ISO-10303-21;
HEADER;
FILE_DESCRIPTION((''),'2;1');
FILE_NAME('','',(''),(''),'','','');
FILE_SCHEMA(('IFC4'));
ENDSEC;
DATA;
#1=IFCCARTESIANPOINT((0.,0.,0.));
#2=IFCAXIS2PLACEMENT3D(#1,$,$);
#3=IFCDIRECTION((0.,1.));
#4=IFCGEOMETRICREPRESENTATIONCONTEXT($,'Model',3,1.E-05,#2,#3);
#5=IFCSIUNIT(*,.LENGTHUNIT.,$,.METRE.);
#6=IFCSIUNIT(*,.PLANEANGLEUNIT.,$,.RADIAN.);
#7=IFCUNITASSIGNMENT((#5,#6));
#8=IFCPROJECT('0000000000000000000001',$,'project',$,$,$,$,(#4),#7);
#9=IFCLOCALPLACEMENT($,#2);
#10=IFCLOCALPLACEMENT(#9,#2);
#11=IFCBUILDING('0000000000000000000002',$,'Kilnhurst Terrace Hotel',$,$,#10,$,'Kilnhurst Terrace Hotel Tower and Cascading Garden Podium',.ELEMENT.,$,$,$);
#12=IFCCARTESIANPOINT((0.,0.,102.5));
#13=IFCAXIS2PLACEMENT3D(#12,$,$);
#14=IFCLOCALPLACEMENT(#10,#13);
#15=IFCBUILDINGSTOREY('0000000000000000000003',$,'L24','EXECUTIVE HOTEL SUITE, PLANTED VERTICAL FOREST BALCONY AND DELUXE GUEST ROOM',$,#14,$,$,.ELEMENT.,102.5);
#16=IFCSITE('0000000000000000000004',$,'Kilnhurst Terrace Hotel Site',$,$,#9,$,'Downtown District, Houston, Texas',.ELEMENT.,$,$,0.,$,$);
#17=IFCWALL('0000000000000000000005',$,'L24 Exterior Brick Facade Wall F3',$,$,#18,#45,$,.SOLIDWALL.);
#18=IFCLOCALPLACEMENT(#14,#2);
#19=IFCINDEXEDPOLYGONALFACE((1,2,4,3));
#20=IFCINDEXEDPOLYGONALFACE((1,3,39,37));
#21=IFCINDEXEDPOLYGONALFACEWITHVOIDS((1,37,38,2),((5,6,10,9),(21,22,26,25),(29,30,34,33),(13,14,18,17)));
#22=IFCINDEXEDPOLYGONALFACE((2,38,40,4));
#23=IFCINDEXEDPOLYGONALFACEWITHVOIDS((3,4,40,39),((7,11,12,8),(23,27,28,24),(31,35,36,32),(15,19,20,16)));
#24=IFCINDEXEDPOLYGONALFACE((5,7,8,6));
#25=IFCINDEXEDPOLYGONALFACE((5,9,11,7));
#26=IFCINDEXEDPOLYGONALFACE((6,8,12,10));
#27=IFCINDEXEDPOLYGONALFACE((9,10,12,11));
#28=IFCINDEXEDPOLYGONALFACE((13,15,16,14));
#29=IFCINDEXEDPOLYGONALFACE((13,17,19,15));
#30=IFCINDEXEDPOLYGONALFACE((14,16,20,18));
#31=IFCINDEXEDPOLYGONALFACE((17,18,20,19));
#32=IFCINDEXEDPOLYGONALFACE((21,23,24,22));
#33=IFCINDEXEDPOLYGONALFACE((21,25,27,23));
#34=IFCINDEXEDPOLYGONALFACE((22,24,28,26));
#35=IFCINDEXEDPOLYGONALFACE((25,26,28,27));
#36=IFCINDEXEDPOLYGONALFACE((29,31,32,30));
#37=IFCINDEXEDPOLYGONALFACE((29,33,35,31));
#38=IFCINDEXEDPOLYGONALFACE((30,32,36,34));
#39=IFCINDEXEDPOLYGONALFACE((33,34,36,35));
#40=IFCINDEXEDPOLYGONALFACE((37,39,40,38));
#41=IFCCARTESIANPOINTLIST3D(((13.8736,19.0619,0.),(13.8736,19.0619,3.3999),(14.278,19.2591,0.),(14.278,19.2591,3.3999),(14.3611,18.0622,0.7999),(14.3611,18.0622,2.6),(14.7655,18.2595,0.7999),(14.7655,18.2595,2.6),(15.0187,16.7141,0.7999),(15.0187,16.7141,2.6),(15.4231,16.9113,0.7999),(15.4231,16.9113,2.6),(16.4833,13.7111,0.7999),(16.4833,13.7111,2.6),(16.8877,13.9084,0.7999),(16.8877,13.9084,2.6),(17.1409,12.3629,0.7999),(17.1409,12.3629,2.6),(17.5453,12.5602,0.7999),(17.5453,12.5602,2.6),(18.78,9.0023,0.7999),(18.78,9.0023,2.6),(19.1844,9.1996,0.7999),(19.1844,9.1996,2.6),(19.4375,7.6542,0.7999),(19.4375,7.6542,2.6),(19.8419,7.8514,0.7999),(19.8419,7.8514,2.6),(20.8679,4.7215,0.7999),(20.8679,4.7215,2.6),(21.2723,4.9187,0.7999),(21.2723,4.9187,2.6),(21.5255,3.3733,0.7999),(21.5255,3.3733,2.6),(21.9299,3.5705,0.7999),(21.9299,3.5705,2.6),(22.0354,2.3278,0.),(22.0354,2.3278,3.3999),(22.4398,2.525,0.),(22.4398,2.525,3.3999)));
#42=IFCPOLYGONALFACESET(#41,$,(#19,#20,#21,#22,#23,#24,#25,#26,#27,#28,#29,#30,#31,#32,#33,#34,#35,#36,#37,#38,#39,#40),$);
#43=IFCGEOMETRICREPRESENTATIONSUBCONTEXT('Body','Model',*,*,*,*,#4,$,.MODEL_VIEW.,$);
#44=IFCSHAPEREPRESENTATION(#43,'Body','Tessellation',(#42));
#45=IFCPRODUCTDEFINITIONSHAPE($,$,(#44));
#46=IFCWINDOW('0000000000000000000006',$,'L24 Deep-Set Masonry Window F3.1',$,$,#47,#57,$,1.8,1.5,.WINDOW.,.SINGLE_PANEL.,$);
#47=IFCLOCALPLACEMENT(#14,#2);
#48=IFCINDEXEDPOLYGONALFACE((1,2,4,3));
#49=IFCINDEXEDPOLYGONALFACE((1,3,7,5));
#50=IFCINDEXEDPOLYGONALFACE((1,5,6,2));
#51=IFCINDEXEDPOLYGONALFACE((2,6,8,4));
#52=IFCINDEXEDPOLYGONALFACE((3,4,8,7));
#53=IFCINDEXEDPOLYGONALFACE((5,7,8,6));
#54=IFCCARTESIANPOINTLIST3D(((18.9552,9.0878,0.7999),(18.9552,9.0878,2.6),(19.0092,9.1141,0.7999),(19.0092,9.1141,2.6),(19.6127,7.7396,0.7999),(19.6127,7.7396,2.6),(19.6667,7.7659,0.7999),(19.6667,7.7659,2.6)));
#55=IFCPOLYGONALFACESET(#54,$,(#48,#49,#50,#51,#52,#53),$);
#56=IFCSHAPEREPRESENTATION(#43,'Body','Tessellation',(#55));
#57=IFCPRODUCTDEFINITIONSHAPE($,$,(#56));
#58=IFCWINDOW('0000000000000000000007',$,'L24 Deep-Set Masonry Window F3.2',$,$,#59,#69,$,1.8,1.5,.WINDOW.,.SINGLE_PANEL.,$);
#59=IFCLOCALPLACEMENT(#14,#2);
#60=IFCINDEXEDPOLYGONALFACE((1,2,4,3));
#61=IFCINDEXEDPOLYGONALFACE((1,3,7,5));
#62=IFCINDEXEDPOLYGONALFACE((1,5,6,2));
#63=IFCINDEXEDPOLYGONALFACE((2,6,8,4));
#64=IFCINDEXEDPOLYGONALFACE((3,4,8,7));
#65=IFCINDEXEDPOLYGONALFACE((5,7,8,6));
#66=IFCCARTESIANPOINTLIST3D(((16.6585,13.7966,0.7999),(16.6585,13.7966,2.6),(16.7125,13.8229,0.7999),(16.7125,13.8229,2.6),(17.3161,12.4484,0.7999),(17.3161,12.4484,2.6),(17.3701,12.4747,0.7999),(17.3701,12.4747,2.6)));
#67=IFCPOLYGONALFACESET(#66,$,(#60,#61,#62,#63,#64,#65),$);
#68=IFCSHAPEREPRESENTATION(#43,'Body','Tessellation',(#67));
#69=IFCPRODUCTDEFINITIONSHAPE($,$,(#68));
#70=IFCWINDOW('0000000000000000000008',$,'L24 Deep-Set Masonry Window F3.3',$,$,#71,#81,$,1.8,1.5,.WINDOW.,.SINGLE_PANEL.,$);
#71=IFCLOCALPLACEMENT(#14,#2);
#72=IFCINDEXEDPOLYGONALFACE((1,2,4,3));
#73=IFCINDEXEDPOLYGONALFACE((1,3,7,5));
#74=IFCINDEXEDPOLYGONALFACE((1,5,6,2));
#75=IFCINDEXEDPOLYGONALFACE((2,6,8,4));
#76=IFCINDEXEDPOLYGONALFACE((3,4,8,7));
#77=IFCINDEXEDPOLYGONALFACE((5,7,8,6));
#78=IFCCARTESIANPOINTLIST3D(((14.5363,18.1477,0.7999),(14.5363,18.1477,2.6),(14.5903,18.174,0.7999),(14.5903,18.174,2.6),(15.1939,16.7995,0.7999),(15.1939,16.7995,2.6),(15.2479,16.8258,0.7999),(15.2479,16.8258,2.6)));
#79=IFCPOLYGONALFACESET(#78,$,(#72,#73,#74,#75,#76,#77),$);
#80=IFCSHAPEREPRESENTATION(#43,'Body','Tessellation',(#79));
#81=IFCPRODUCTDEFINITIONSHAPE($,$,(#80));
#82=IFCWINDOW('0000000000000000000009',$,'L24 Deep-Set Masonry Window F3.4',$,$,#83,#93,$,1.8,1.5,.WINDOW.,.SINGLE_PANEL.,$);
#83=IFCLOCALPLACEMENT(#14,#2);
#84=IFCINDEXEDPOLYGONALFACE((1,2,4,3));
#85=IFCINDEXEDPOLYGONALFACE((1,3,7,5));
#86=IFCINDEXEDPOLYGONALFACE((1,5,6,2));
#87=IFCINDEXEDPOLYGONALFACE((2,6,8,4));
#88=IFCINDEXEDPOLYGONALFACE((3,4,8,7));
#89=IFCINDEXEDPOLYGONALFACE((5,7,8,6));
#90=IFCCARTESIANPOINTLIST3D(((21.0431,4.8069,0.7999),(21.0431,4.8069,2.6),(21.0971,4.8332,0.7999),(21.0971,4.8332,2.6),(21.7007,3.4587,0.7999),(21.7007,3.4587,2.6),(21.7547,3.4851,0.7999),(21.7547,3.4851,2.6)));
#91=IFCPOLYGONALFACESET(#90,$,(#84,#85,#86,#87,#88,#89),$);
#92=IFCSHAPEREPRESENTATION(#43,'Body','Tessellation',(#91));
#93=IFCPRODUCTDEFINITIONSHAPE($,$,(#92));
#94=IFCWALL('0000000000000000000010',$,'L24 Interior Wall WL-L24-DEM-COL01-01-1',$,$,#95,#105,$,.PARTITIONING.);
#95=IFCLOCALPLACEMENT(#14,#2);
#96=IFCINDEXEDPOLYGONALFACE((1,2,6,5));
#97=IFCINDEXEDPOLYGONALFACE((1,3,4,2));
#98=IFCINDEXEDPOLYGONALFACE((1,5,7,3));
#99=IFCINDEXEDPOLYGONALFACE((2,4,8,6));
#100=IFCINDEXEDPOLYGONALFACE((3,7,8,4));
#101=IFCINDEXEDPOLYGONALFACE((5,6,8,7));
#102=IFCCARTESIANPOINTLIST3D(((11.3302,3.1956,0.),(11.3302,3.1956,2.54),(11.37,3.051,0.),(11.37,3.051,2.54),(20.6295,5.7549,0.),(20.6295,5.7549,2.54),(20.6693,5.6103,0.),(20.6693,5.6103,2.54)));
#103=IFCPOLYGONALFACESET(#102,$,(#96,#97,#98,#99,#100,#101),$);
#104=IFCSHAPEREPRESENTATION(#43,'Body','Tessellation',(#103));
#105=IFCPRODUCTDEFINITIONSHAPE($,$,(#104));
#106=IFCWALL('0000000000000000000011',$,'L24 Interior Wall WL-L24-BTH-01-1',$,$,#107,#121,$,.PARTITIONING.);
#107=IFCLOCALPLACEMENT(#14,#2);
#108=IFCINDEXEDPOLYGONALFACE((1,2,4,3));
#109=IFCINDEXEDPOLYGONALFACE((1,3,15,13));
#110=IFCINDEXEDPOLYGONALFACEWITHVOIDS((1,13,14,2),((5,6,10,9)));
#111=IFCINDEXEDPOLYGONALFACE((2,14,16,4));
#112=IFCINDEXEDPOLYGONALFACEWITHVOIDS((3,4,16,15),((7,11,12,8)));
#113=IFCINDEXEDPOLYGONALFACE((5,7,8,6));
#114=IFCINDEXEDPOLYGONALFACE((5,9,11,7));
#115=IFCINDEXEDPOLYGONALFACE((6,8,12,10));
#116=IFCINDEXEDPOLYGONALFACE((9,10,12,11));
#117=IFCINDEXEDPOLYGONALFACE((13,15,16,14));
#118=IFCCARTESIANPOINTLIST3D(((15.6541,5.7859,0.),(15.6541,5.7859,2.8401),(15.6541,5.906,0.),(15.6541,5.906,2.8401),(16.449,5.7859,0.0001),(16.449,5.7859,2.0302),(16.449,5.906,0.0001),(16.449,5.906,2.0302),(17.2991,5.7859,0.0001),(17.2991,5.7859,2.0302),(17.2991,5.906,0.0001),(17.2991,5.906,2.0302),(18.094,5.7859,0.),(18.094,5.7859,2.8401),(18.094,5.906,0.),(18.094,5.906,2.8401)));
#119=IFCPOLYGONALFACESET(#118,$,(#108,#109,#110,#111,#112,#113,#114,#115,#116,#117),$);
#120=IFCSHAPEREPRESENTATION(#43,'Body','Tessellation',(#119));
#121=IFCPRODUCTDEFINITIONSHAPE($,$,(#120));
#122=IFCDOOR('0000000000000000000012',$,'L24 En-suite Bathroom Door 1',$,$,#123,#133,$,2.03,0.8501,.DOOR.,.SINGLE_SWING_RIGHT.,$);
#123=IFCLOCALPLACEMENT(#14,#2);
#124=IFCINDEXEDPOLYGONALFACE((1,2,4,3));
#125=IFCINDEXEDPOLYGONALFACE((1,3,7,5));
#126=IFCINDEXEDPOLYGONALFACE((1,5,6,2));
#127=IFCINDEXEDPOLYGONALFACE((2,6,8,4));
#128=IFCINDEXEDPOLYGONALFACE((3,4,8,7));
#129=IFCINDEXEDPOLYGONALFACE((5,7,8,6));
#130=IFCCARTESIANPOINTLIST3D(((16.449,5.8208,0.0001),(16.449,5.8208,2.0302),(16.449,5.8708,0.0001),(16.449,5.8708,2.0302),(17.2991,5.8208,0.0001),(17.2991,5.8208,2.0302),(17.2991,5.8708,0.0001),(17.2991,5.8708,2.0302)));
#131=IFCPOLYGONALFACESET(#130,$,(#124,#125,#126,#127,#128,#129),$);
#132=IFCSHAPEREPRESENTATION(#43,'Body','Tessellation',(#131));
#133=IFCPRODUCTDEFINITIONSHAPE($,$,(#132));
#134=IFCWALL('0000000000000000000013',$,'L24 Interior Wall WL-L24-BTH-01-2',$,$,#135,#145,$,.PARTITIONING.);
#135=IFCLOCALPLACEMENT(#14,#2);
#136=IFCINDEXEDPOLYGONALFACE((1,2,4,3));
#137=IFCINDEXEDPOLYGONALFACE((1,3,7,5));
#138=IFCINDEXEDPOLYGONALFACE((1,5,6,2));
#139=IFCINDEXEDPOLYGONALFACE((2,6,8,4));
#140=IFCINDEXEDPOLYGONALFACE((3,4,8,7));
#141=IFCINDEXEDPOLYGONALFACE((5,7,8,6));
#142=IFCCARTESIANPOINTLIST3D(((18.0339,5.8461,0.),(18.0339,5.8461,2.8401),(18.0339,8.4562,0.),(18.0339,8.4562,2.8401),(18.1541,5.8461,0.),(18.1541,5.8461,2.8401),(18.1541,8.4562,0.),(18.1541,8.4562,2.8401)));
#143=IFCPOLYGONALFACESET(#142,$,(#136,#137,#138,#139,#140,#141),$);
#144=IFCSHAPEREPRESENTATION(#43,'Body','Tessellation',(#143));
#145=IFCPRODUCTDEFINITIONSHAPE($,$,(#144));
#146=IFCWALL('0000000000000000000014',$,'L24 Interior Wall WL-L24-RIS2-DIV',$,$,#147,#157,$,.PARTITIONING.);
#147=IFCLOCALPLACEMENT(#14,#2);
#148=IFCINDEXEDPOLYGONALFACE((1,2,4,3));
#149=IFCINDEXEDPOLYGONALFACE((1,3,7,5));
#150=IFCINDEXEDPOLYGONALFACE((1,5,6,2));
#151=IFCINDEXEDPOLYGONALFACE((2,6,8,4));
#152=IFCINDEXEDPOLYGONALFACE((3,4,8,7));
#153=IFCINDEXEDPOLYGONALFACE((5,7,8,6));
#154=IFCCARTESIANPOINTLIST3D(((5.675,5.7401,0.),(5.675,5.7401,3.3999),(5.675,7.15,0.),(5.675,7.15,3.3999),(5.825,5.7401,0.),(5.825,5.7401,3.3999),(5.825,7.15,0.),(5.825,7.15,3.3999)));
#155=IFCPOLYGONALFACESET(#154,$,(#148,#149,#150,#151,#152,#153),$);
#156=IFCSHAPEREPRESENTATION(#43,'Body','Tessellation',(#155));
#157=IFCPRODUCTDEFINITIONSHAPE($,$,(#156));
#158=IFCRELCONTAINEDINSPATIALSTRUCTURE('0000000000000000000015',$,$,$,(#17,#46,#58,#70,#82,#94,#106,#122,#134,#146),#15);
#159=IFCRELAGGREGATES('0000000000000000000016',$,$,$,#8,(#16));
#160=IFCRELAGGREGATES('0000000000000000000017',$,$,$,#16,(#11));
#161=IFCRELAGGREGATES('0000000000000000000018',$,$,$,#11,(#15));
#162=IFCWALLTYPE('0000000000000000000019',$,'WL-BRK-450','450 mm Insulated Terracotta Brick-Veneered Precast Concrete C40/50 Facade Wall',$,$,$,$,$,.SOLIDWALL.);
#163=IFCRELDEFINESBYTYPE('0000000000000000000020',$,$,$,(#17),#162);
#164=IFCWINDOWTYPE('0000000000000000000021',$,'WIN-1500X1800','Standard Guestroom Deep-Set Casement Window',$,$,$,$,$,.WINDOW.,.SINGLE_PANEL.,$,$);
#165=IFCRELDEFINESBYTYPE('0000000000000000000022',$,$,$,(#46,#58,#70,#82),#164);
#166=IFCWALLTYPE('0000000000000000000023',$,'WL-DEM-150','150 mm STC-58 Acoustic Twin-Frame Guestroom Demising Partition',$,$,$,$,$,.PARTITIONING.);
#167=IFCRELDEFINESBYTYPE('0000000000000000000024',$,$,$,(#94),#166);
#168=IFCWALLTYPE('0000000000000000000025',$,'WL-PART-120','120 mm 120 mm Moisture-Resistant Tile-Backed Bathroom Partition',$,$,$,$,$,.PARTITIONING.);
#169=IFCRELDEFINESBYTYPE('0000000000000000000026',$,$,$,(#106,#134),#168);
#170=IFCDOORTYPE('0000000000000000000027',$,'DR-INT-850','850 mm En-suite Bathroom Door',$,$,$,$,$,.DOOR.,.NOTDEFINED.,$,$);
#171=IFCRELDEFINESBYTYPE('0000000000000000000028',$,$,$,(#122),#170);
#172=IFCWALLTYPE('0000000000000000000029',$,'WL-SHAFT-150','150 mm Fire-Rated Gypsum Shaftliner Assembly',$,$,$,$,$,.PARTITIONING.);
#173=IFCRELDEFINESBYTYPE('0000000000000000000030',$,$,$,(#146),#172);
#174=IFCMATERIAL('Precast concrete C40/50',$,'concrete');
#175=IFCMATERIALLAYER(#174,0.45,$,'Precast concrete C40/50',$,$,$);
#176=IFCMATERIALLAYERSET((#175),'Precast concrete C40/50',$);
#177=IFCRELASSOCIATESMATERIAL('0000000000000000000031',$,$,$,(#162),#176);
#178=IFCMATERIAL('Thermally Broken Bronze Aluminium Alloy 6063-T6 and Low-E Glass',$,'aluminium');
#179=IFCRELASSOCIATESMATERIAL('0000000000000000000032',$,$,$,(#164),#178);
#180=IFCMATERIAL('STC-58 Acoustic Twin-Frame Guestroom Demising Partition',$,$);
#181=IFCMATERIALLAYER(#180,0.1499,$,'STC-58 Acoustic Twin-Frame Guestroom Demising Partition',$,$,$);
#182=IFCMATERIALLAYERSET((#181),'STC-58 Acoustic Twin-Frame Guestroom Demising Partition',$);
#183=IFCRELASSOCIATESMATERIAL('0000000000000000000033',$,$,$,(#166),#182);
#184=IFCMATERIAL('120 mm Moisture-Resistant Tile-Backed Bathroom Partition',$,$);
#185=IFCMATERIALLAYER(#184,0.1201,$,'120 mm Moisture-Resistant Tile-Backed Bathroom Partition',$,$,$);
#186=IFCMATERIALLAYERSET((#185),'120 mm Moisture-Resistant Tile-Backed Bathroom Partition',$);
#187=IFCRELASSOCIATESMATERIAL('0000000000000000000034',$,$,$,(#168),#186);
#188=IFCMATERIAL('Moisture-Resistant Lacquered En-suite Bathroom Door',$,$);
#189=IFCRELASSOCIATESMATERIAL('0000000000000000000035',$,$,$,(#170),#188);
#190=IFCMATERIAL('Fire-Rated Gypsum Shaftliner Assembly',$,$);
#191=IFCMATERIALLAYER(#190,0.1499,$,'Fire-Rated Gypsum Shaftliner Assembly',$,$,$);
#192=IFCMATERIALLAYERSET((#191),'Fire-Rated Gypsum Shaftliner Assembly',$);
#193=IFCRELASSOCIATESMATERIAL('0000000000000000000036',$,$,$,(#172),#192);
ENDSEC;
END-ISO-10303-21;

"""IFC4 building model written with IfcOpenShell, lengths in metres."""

from ifc_helpers import new_model, si_unit, direction, frame, frame_2d, origin, place, context, subcontext, project, spatial, rectangle, extrude, material, layer, layer_set, type_object, element, fill, save


model = new_model("IFC4")

# Units and contexts
model_context = context("Model", 3, precision=1e-05, world=origin(), true_north=direction((0.0, 1.0)))
body_context = subcontext(model_context, "Body", "Model", "MODEL_VIEW")
ifc_project = project(units=[si_unit("LENGTHUNIT", "METRE"), si_unit("PLANEANGLEUNIT", "RADIAN")], contexts=[model_context])

# Site, building, storey
site_placement = place(None, origin())
site = spatial("IfcSite", under=ifc_project, at=site_placement, Name="Kilnhurst Terrace Hotel Site", LongName="Downtown District, Houston, Texas", CompositionType="ELEMENT", RefElevation=0.0)
building_placement = place(site_placement, origin())
building = spatial("IfcBuilding", under=site, at=building_placement, Name="Kilnhurst Terrace Hotel", LongName="Kilnhurst Terrace Hotel Tower and Cascading Garden Podium", CompositionType="ELEMENT")
storey_placement = place(building_placement, frame((0.0, 0.0, 102.5)))
storey = spatial("IfcBuildingStorey", under=building, at=storey_placement, Name="L24", Description="EXECUTIVE HOTEL SUITE, PLANTED VERTICAL FOREST BALCONY AND DELUXE GUEST ROOM", CompositionType="ELEMENT", Elevation=102.5)

# Shared definitions
ifc_material_1 = material(Name="Precast concrete C40/50", Category="concrete")
ifc_layer_1 = layer(ifc_material_1, 0.45, Name="Precast concrete C40/50")
ifc_layer_set_1 = layer_set([ifc_layer_1], Name="Precast concrete C40/50")
wall_type_1 = type_object("IfcWallType", Name="WL-BRK-450", Description="450 mm Insulated Terracotta Brick-Veneered Precast Concrete C40/50 Facade Wall", PredefinedType="SOLIDWALL", material=ifc_layer_set_1)

# Wall, openings, windows
wall_1_placement = place(storey_placement, frame((22.2375, 2.4265, 0.0), z_axis=(0.0, 0.0, 1.0), x_axis=(-0.438375, 0.898792, 0.0)))
wall_1 = element("IfcWall", 1, at=wall_1_placement, inside=storey, type_object=wall_type_1, Name="L24 Exterior Brick Facade Wall F3", PredefinedType="SOLIDWALL", context=body_context, shape_type="SweptSolid", body=[
    extrude(rectangle(XDim=18.6184, YDim=0.45, at=frame_2d((9.3091, 0.0))), origin(), (0.0, 0.0, 1.0), 3.3999),
])
opening_1_placement = place(wall_1_placement, frame((5.926, 0.0, 0.8)))
opening_1 = element("IfcOpeningElement", 2, at=opening_1_placement, cuts=wall_1, PredefinedType="OPENING", context=body_context, shape_type="SweptSolid", body=[
    extrude(rectangle(XDim=1.5, YDim=1.8, at=frame_2d((0.75, 0.8999))), frame((0.0, 0.2349, 0.0), z_axis=(0.0, -1.0, 0.0), x_axis=(1.0, 0.0, 0.0)), (0.0, 0.0, 1.0), 0.47),
])
opening_2_placement = place(wall_1_placement, frame((11.165, 0.0, 0.8)))
opening_2 = element("IfcOpeningElement", 3, at=opening_2_placement, cuts=wall_1, PredefinedType="OPENING", context=body_context, shape_type="SweptSolid", body=[
    extrude(rectangle(XDim=1.5, YDim=1.8, at=frame_2d((0.75, 0.8999))), frame((0.0, 0.2349, 0.0), z_axis=(0.0, -1.0, 0.0), x_axis=(1.0, 0.0, 0.0)), (0.0, 0.0, 1.0), 0.47),
])
opening_3_placement = place(wall_1_placement, frame((16.0061, 0.0, 0.8)))
opening_3 = element("IfcOpeningElement", 4, at=opening_3_placement, cuts=wall_1, PredefinedType="OPENING", context=body_context, shape_type="SweptSolid", body=[
    extrude(rectangle(XDim=1.5, YDim=1.8, at=frame_2d((0.75, 0.8999))), frame((0.0, 0.2349, 0.0), z_axis=(0.0, -1.0, 0.0), x_axis=(1.0, 0.0, 0.0)), (0.0, 0.0, 1.0), 0.47),
])
opening_4_placement = place(wall_1_placement, frame((1.1631, 0.0, 0.8)))
opening_4 = element("IfcOpeningElement", 5, at=opening_4_placement, cuts=wall_1, PredefinedType="OPENING", context=body_context, shape_type="SweptSolid", body=[
    extrude(rectangle(XDim=1.5, YDim=1.8, at=frame_2d((0.75, 0.8999))), frame((0.0, 0.2349, 0.0), z_axis=(0.0, -1.0, 0.0), x_axis=(1.0, 0.0, 0.0)), (0.0, 0.0, 1.0), 0.47),
])
ifc_material_2 = material(Name="Thermally Broken Bronze Aluminium Alloy 6063-T6 and Low-E Glass", Category="aluminium")
window_type = type_object("IfcWindowType", Name="WIN-1500X1800", Description="Standard Guestroom Deep-Set Casement Window", PartitioningType="SINGLE_PANEL", PredefinedType="WINDOW", material=ifc_material_2)
window_1_placement = place(opening_1_placement, origin())
window_1 = element("IfcWindow", 6, at=window_1_placement, inside=storey, type_object=window_type, Name="L24 Deep-Set Masonry Window F3.1", OverallHeight=1.8, OverallWidth=1.5, PartitioningType="SINGLE_PANEL", PredefinedType="WINDOW", context=body_context, shape_type="SweptSolid", body=[
    extrude(rectangle(XDim=1.5, YDim=1.8, at=frame_2d((0.75, 0.8999))), frame((0.0, 0.03, 0.0), z_axis=(0.0, -1.0, 0.0), x_axis=(1.0, 0.0, 0.0)), (0.0, 0.0, 1.0), 0.0601),
])
fill(opening_1, window_1)
window_2_placement = place(opening_2_placement, origin())
window_2 = element("IfcWindow", 7, at=window_2_placement, inside=storey, type_object=window_type, Name="L24 Deep-Set Masonry Window F3.2", OverallHeight=1.8, OverallWidth=1.5, PartitioningType="SINGLE_PANEL", PredefinedType="WINDOW", context=body_context, shape_type="SweptSolid", body=[
    extrude(rectangle(XDim=1.5, YDim=1.8, at=frame_2d((0.75, 0.8999))), frame((0.0, 0.03, 0.0), z_axis=(0.0, -1.0, 0.0), x_axis=(1.0, 0.0, 0.0)), (0.0, 0.0, 1.0), 0.0601),
])
fill(opening_2, window_2)
window_3_placement = place(opening_3_placement, origin())
window_3 = element("IfcWindow", 8, at=window_3_placement, inside=storey, type_object=window_type, Name="L24 Deep-Set Masonry Window F3.3", OverallHeight=1.8, OverallWidth=1.5, PartitioningType="SINGLE_PANEL", PredefinedType="WINDOW", context=body_context, shape_type="SweptSolid", body=[
    extrude(rectangle(XDim=1.5, YDim=1.8, at=frame_2d((0.75, 0.8999))), frame((0.0, 0.03, 0.0), z_axis=(0.0, -1.0, 0.0), x_axis=(1.0, 0.0, 0.0)), (0.0, 0.0, 1.0), 0.0601),
])
fill(opening_3, window_3)
window_4_placement = place(opening_4_placement, origin())
window_4 = element("IfcWindow", 9, at=window_4_placement, inside=storey, type_object=window_type, Name="L24 Deep-Set Masonry Window F3.4", OverallHeight=1.8, OverallWidth=1.5, PartitioningType="SINGLE_PANEL", PredefinedType="WINDOW", context=body_context, shape_type="SweptSolid", body=[
    extrude(rectangle(XDim=1.5, YDim=1.8, at=frame_2d((0.75, 0.8999))), frame((0.0, 0.03, 0.0), z_axis=(0.0, -1.0, 0.0), x_axis=(1.0, 0.0, 0.0)), (0.0, 0.0, 1.0), 0.0601),
])
fill(opening_4, window_4)

# Wall
ifc_material_3 = material(Name="STC-58 Acoustic Twin-Frame Guestroom Demising Partition")
ifc_layer_2 = layer(ifc_material_3, 0.1499, Name="STC-58 Acoustic Twin-Frame Guestroom Demising Partition")
ifc_layer_set_2 = layer_set([ifc_layer_2], Name="STC-58 Acoustic Twin-Frame Guestroom Demising Partition")
wall_type_2 = type_object("IfcWallType", Name="WL-DEM-150", Description="150 mm STC-58 Acoustic Twin-Frame Guestroom Demising Partition", PredefinedType="PARTITIONING", material=ifc_layer_set_2)
wall_2_placement = place(storey_placement, frame((11.3501, 3.1233, 0.0), z_axis=(0.0, 0.0, 1.0), x_axis=(0.964152, 0.265351, 0.0)))
element("IfcWall", 10, at=wall_2_placement, inside=storey, type_object=wall_type_2, Name="L24 Interior Wall WL-L24-DEM-COL01-01-1", PredefinedType="PARTITIONING", context=body_context, shape_type="SweptSolid", body=[
    extrude(rectangle(XDim=9.645, YDim=0.1499, at=frame_2d((4.8225, 0.0))), origin(), (0.0, 0.0, 1.0), 2.54),
])

# Wall, opening, door
ifc_material_4 = material(Name="120 mm Moisture-Resistant Tile-Backed Bathroom Partition")
ifc_layer_3 = layer(ifc_material_4, 0.1201, Name="120 mm Moisture-Resistant Tile-Backed Bathroom Partition")
ifc_layer_set_3 = layer_set([ifc_layer_3], Name="120 mm Moisture-Resistant Tile-Backed Bathroom Partition")
wall_type_3 = type_object("IfcWallType", Name="WL-PART-120", Description="120 mm 120 mm Moisture-Resistant Tile-Backed Bathroom Partition", PredefinedType="PARTITIONING", material=ifc_layer_set_3)
wall_3_placement = place(storey_placement, frame((15.6541, 5.8459, 0.0), z_axis=(0.0, 0.0, 1.0), x_axis=(1.0, 0.0, 0.0)))
wall_3 = element("IfcWall", 11, at=wall_3_placement, inside=storey, type_object=wall_type_3, Name="L24 Interior Wall WL-L24-BTH-01-1", PredefinedType="PARTITIONING", context=body_context, shape_type="SweptSolid", body=[
    extrude(rectangle(XDim=2.4399, YDim=0.1201, at=frame_2d((1.22, 0.0))), origin(), (0.0, 0.0, 1.0), 2.8401),
])
opening_5_placement = place(wall_3_placement, frame((0.7949, 0.0, 0.0)))
opening_5 = element("IfcOpeningElement", 12, at=opening_5_placement, cuts=wall_3, PredefinedType="OPENING", context=body_context, shape_type="SweptSolid", body=[
    extrude(rectangle(XDim=0.8501, YDim=2.03, at=frame_2d((0.425, 1.0151))), frame((0.0, 0.0701, 0.0), z_axis=(0.0, -1.0, 0.0), x_axis=(1.0, 0.0, 0.0)), (0.0, 0.0, 1.0), 0.1401),
])
ifc_material_5 = material(Name="Moisture-Resistant Lacquered En-suite Bathroom Door")
door_type = type_object("IfcDoorType", Name="DR-INT-850", Description="850 mm En-suite Bathroom Door", OperationType="NOTDEFINED", PredefinedType="DOOR", material=ifc_material_5)
door_placement = place(opening_5_placement, origin())
door = element("IfcDoor", 13, at=door_placement, inside=storey, type_object=door_type, Name="L24 En-suite Bathroom Door 1", OperationType="SINGLE_SWING_RIGHT", OverallHeight=2.03, OverallWidth=0.8501, PredefinedType="DOOR", context=body_context, shape_type="SweptSolid", body=[
    extrude(rectangle(XDim=0.8501, YDim=2.03, at=frame_2d((0.425, 1.0151))), frame((0.0, 0.0249, 0.0), z_axis=(0.0, -1.0, 0.0), x_axis=(1.0, 0.0, 0.0)), (0.0, 0.0, 1.0), 0.05),
])
fill(opening_5, door)

# Walls
wall_4_placement = place(storey_placement, frame((18.094, 5.8459, 0.0), z_axis=(0.0, 0.0, 1.0), x_axis=(0.0, 1.0, 0.0)))
element("IfcWall", 14, at=wall_4_placement, inside=storey, type_object=wall_type_3, Name="L24 Interior Wall WL-L24-BTH-01-2", PredefinedType="PARTITIONING", context=body_context, shape_type="SweptSolid", body=[
    extrude(rectangle(XDim=2.6101, YDim=0.1201, at=frame_2d((1.3052, 0.0))), origin(), (0.0, 0.0, 1.0), 2.8401),
])
ifc_material_6 = material(Name="Fire-Rated Gypsum Shaftliner Assembly")
ifc_layer_4 = layer(ifc_material_6, 0.1499, Name="Fire-Rated Gypsum Shaftliner Assembly")
ifc_layer_set_4 = layer_set([ifc_layer_4], Name="Fire-Rated Gypsum Shaftliner Assembly")
wall_type_4 = type_object("IfcWallType", Name="WL-SHAFT-150", Description="150 mm Fire-Rated Gypsum Shaftliner Assembly", PredefinedType="PARTITIONING", material=ifc_layer_set_4)
wall_5_placement = place(storey_placement, frame((5.75, 5.74, 0.0), z_axis=(0.0, 0.0, 1.0), x_axis=(0.0, 1.0, 0.0)))
element("IfcWall", 15, at=wall_5_placement, inside=storey, type_object=wall_type_4, Name="L24 Interior Wall WL-L24-RIS2-DIV", PredefinedType="PARTITIONING", context=body_context, shape_type="SweptSolid", body=[
    extrude(rectangle(XDim=1.4099, YDim=0.1499, at=frame_2d((0.7051, 0.0))), origin(), (0.0, 0.0, 1.0), 3.3999),
])

save(model, "model.ifc")
